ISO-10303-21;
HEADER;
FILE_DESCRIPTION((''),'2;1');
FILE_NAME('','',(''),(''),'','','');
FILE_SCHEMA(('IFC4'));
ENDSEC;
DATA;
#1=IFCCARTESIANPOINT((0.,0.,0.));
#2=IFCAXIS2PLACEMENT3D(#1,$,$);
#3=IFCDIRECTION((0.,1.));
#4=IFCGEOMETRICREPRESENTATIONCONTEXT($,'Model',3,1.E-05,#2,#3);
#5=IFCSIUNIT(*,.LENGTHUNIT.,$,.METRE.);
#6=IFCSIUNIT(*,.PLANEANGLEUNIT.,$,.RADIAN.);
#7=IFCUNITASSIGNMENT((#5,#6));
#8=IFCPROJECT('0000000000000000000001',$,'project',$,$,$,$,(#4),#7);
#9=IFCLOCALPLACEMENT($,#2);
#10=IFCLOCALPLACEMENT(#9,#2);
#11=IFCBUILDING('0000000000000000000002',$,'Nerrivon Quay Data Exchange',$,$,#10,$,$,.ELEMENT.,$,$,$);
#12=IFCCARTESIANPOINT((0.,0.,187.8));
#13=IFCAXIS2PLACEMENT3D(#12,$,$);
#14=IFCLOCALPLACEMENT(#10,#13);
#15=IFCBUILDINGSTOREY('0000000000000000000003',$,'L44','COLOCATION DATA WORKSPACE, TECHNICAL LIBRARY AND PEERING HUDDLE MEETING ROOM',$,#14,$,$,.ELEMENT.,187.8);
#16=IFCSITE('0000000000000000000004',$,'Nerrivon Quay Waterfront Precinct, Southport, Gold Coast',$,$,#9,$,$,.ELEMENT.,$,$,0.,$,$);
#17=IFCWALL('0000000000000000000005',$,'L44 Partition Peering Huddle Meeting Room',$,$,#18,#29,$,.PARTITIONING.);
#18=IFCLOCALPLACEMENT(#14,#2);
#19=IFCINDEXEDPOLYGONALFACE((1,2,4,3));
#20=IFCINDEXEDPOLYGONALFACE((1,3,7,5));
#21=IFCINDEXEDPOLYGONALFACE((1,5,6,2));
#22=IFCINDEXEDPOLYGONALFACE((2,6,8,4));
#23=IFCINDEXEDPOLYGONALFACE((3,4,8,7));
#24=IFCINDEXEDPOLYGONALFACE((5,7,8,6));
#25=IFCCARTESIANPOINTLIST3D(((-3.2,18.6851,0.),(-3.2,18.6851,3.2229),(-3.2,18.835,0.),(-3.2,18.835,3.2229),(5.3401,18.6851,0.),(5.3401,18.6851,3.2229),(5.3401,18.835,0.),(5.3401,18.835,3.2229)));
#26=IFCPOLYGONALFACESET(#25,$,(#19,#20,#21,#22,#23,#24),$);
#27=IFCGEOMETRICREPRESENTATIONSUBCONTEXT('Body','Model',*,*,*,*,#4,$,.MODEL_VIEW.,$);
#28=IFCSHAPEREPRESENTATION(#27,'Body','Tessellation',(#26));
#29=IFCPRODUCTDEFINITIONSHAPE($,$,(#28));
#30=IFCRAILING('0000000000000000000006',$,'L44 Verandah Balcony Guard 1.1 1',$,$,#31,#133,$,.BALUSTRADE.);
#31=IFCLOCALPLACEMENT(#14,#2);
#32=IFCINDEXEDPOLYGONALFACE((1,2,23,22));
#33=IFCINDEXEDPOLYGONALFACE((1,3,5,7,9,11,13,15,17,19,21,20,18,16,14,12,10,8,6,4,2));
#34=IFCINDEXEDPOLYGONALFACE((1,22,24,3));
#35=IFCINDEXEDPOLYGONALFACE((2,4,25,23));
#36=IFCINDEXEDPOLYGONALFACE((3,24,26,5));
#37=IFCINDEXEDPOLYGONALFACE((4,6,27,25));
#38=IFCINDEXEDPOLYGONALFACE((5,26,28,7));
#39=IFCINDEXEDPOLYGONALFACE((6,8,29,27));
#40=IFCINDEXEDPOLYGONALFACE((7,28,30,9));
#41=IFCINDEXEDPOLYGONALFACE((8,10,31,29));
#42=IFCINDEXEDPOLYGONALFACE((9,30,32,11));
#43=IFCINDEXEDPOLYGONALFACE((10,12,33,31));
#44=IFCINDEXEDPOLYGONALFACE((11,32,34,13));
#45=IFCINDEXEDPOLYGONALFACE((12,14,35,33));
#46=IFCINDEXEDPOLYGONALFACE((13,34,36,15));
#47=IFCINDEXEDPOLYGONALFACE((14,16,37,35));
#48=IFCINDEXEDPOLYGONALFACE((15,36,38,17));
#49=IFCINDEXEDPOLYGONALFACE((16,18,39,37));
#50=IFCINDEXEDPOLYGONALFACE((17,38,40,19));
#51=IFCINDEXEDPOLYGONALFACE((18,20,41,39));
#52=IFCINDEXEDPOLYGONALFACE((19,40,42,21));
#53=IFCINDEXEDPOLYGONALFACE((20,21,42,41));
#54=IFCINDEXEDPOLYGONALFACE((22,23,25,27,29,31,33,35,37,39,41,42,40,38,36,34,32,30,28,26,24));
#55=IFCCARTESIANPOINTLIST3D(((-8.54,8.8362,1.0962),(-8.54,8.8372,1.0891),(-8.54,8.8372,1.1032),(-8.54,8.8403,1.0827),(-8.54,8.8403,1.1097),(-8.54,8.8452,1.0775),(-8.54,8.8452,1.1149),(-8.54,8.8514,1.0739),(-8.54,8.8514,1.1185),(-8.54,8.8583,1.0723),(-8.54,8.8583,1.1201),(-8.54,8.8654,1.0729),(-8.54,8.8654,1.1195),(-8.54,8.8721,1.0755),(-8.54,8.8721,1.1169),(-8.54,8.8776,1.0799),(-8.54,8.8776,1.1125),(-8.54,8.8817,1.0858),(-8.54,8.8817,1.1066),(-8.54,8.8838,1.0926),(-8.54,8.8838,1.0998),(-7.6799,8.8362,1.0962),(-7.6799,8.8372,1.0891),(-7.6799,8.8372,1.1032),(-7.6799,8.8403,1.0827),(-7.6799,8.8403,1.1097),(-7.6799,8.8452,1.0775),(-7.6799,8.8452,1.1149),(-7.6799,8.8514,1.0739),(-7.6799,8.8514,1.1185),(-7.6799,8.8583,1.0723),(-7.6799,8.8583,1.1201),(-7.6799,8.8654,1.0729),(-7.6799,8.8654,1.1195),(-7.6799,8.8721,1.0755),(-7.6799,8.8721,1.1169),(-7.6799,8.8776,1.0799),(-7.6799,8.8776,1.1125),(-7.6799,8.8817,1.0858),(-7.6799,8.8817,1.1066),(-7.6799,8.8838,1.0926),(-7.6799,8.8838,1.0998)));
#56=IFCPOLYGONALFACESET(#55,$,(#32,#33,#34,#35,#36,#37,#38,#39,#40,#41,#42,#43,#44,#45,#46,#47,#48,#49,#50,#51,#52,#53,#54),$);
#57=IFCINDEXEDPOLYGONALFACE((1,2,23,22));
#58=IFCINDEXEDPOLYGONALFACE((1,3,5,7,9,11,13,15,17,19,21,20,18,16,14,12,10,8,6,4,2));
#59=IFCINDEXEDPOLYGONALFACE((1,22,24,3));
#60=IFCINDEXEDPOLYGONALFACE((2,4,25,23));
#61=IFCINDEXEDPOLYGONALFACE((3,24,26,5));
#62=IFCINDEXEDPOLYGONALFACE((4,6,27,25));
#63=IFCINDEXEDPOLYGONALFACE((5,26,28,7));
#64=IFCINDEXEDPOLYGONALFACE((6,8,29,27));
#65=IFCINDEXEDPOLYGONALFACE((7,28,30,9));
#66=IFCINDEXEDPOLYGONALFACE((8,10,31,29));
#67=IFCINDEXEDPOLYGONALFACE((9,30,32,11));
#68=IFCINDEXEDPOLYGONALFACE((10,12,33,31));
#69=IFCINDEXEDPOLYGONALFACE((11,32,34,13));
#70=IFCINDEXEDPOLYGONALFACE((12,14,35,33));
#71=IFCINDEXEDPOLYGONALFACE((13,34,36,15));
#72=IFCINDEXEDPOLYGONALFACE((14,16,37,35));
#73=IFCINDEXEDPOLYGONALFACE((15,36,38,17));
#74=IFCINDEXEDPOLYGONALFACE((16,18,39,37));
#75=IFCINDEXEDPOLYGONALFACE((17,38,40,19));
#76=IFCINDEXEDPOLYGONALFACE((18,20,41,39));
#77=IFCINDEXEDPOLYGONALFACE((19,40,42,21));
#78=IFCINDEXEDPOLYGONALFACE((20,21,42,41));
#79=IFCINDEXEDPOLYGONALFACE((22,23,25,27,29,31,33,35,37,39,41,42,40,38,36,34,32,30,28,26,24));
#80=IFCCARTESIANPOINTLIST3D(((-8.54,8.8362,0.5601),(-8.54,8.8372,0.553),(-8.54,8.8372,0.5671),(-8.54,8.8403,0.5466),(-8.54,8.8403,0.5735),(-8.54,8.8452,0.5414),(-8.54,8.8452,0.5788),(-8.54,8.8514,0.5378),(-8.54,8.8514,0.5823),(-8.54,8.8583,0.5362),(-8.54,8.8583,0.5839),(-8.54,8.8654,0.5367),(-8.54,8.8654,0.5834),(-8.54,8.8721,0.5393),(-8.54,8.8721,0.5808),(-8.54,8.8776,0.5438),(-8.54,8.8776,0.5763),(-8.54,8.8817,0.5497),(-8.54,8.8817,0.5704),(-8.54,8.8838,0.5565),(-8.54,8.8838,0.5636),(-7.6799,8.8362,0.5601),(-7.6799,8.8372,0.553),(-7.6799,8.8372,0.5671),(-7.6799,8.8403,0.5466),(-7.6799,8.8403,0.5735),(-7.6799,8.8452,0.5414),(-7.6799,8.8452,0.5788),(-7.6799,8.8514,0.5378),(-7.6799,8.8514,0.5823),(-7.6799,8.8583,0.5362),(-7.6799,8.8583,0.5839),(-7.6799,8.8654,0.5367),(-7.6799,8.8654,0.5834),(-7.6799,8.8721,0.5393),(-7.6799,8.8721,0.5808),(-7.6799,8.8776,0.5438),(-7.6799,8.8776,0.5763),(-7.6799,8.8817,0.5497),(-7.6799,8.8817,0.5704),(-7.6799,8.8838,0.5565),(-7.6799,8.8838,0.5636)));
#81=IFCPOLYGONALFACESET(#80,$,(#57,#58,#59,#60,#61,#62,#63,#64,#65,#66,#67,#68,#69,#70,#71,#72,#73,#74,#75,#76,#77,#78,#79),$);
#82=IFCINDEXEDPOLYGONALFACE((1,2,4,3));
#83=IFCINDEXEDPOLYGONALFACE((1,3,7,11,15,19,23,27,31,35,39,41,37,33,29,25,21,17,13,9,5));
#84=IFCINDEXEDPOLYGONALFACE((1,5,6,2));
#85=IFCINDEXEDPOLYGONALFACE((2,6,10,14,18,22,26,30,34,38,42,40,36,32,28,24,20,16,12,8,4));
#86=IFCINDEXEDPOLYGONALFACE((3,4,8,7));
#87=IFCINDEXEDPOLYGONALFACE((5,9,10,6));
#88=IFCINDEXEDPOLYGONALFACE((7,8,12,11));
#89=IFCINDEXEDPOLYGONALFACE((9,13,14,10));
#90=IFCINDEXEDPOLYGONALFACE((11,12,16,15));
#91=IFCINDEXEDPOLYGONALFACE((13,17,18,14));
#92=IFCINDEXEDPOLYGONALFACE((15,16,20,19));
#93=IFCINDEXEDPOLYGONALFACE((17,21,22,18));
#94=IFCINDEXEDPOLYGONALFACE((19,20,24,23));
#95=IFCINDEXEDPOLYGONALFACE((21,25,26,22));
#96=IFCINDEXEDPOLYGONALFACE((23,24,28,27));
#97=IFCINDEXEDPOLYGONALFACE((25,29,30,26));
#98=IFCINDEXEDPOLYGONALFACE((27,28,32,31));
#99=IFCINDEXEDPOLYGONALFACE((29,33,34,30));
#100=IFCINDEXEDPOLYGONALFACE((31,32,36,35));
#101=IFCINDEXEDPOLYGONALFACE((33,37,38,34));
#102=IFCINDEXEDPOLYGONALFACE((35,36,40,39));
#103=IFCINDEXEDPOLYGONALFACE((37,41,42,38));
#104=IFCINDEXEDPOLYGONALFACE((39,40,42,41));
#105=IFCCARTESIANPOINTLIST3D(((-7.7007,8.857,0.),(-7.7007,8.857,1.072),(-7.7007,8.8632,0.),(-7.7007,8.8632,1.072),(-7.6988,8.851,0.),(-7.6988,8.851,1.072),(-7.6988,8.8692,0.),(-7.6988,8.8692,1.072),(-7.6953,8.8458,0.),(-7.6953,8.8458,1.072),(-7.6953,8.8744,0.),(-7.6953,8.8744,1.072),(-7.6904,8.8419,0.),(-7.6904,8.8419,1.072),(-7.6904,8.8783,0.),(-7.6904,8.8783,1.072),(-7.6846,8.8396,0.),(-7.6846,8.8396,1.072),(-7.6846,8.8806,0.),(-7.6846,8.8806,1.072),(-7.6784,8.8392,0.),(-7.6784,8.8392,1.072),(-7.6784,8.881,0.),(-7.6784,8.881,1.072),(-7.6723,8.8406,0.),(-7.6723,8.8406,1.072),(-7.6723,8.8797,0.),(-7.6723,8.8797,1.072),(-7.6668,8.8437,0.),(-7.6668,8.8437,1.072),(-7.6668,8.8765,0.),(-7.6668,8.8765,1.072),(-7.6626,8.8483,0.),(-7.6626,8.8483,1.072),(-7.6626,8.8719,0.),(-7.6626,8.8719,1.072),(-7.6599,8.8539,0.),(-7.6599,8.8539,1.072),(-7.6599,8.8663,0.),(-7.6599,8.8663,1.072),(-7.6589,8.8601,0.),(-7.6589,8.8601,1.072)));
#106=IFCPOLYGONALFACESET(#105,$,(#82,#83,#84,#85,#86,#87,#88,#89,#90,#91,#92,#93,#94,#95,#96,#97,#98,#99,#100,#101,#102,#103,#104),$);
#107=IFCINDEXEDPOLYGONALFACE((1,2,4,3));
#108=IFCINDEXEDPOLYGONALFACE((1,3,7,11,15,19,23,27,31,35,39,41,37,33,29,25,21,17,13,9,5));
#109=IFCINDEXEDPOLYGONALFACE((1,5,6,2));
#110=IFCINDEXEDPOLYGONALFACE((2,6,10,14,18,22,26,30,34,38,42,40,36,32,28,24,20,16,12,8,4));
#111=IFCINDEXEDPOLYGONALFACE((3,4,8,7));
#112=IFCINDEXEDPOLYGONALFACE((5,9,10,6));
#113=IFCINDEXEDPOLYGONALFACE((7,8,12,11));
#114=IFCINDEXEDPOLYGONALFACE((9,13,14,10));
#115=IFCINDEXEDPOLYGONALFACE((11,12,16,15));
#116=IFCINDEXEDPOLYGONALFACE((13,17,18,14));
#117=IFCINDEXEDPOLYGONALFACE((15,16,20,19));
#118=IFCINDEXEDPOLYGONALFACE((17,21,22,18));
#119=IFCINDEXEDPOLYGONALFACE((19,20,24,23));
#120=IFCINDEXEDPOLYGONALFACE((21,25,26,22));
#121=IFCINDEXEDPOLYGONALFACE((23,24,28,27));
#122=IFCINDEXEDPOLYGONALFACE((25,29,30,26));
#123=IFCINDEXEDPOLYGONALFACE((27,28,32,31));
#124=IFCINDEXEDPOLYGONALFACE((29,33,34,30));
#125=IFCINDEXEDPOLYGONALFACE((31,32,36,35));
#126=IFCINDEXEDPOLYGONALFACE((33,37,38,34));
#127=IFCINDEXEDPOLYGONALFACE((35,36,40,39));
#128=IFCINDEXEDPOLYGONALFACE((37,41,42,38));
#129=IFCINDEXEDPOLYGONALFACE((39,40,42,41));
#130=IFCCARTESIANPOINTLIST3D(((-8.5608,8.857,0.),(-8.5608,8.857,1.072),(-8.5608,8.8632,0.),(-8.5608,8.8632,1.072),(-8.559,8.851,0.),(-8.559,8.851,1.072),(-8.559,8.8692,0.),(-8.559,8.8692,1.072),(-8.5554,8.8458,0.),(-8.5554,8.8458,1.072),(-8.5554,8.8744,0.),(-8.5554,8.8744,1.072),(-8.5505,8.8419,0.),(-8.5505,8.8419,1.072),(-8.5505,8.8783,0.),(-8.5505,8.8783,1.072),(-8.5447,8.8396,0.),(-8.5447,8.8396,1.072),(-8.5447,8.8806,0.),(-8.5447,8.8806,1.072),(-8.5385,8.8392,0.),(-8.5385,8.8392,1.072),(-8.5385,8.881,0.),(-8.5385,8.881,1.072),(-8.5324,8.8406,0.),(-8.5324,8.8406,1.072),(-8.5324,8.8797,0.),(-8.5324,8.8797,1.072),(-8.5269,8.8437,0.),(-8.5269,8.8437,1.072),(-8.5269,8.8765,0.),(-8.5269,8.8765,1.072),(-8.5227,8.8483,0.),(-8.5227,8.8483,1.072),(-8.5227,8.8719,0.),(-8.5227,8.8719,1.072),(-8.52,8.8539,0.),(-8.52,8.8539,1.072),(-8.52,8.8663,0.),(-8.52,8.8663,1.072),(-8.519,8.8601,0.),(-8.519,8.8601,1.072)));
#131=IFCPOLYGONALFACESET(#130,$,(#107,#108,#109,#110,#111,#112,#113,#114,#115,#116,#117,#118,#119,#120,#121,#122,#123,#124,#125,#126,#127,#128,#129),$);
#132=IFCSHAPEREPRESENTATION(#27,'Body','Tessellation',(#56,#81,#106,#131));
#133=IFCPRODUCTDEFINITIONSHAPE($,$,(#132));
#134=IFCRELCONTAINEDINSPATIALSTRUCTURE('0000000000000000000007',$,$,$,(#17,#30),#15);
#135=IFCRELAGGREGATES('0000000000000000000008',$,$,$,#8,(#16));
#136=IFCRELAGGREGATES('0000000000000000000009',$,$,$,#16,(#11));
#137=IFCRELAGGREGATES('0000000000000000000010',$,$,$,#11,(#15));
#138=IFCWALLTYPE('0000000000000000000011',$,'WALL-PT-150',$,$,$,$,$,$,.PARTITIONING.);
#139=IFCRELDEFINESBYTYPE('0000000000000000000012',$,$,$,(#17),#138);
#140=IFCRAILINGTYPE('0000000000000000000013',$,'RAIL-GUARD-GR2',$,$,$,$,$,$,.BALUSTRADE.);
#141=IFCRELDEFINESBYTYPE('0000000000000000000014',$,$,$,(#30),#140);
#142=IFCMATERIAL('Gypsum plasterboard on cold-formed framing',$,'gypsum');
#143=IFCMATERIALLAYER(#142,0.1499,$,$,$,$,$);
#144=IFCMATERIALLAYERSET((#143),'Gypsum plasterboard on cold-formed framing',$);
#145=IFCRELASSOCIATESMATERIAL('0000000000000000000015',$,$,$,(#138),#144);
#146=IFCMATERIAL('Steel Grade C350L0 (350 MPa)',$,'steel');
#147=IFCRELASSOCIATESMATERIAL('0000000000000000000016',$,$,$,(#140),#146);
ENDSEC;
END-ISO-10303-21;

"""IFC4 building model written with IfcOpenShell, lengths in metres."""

from ifc_helpers import new_model, si_unit, direction, frame, frame_2d, origin, origin_2d, place, context, subcontext, project, spatial, rectangle, circle, extrude, material, layer, layer_set, type_object, element, save


model = new_model("IFC4")

# Units and contexts
model_context = context("Model", 3, precision=1e-05, world=origin(), true_north=direction((0.0, 1.0)))
body_context = subcontext(model_context, "Body", "Model", "MODEL_VIEW")
ifc_project = project(units=[si_unit("LENGTHUNIT", "METRE"), si_unit("PLANEANGLEUNIT", "RADIAN")], contexts=[model_context])

# Site, building, storey
site_placement = place(None, origin())
site = spatial("IfcSite", under=ifc_project, at=site_placement, Name="Nerrivon Quay Waterfront Precinct, Southport, Gold Coast", CompositionType="ELEMENT", RefElevation=0.0)
building_placement = place(site_placement, origin())
building = spatial("IfcBuilding", under=site, at=building_placement, Name="Nerrivon Quay Data Exchange", CompositionType="ELEMENT")
storey_placement = place(building_placement, frame((0.0, 0.0, 187.8)))
storey = spatial("IfcBuildingStorey", under=building, at=storey_placement, Name="L44", Description="COLOCATION DATA WORKSPACE, TECHNICAL LIBRARY AND PEERING HUDDLE MEETING ROOM", CompositionType="ELEMENT", Elevation=187.8)

# Wall
ifc_material_1 = material(Name="Gypsum plasterboard on cold-formed framing", Category="gypsum")
ifc_layer_1 = layer(ifc_material_1, 0.1499)
ifc_layer_set_1 = layer_set([ifc_layer_1], Name="Gypsum plasterboard on cold-formed framing")
wall_type_1 = type_object("IfcWallType", Name="WALL-PT-150", PredefinedType="PARTITIONING", material=ifc_layer_set_1)
wall_1_placement = place(storey_placement, frame((-3.2, 18.76, 0.0), z_axis=(0.0, 0.0, 1.0), x_axis=(1.0, 0.0, 0.0)))
element("IfcWall", 1, at=wall_1_placement, inside=storey, type_object=wall_type_1, Name="L44 Partition Peering Huddle Meeting Room", PredefinedType="PARTITIONING", context=body_context, shape_type="SweptSolid", body=[
    extrude(rectangle(XDim=8.54, YDim=0.1499, at=frame_2d((4.27, 0.0))), origin(), (0.0, 0.0, 1.0), 3.2229),
])

# Railing
ifc_material_2 = material(Name="Steel Grade C350L0 (350 MPa)", Category="steel")
railing_type = type_object("IfcRailingType", Name="RAIL-GUARD-GR2", PredefinedType="BALUSTRADE", material=ifc_material_2)
railing_1_placement = place(storey_placement, frame((-7.6799, 8.8601, 0.0)))
element("IfcRailing", 2, at=railing_1_placement, inside=storey, type_object=railing_type, Name="L44 Verandah Balcony Guard 1.1 1", PredefinedType="BALUSTRADE", context=body_context, shape_type="SweptSolid", body=[
    extrude(circle(Radius=0.0239, at=origin_2d()), frame((0.0, 0.0, 1.0962), z_axis=(-1.0, 0.0, 0.0), x_axis=(0.0, -1.0, 0.0)), (0.0, 0.0, 1.0), 0.8601),
    extrude(circle(Radius=0.0239, at=origin_2d()), frame((0.0, 0.0, 0.5601), z_axis=(-1.0, 0.0, 0.0), x_axis=(0.0, -1.0, 0.0)), (0.0, 0.0, 1.0), 0.8601),
    extrude(circle(Radius=0.021, at=origin_2d()), origin(), (0.0, 0.0, 1.0), 1.072),
    extrude(circle(Radius=0.021, at=origin_2d()), frame((-0.8601, 0.0, 0.0)), (0.0, 0.0, 1.0), 1.072),
])

save(model, "model.ifc")
